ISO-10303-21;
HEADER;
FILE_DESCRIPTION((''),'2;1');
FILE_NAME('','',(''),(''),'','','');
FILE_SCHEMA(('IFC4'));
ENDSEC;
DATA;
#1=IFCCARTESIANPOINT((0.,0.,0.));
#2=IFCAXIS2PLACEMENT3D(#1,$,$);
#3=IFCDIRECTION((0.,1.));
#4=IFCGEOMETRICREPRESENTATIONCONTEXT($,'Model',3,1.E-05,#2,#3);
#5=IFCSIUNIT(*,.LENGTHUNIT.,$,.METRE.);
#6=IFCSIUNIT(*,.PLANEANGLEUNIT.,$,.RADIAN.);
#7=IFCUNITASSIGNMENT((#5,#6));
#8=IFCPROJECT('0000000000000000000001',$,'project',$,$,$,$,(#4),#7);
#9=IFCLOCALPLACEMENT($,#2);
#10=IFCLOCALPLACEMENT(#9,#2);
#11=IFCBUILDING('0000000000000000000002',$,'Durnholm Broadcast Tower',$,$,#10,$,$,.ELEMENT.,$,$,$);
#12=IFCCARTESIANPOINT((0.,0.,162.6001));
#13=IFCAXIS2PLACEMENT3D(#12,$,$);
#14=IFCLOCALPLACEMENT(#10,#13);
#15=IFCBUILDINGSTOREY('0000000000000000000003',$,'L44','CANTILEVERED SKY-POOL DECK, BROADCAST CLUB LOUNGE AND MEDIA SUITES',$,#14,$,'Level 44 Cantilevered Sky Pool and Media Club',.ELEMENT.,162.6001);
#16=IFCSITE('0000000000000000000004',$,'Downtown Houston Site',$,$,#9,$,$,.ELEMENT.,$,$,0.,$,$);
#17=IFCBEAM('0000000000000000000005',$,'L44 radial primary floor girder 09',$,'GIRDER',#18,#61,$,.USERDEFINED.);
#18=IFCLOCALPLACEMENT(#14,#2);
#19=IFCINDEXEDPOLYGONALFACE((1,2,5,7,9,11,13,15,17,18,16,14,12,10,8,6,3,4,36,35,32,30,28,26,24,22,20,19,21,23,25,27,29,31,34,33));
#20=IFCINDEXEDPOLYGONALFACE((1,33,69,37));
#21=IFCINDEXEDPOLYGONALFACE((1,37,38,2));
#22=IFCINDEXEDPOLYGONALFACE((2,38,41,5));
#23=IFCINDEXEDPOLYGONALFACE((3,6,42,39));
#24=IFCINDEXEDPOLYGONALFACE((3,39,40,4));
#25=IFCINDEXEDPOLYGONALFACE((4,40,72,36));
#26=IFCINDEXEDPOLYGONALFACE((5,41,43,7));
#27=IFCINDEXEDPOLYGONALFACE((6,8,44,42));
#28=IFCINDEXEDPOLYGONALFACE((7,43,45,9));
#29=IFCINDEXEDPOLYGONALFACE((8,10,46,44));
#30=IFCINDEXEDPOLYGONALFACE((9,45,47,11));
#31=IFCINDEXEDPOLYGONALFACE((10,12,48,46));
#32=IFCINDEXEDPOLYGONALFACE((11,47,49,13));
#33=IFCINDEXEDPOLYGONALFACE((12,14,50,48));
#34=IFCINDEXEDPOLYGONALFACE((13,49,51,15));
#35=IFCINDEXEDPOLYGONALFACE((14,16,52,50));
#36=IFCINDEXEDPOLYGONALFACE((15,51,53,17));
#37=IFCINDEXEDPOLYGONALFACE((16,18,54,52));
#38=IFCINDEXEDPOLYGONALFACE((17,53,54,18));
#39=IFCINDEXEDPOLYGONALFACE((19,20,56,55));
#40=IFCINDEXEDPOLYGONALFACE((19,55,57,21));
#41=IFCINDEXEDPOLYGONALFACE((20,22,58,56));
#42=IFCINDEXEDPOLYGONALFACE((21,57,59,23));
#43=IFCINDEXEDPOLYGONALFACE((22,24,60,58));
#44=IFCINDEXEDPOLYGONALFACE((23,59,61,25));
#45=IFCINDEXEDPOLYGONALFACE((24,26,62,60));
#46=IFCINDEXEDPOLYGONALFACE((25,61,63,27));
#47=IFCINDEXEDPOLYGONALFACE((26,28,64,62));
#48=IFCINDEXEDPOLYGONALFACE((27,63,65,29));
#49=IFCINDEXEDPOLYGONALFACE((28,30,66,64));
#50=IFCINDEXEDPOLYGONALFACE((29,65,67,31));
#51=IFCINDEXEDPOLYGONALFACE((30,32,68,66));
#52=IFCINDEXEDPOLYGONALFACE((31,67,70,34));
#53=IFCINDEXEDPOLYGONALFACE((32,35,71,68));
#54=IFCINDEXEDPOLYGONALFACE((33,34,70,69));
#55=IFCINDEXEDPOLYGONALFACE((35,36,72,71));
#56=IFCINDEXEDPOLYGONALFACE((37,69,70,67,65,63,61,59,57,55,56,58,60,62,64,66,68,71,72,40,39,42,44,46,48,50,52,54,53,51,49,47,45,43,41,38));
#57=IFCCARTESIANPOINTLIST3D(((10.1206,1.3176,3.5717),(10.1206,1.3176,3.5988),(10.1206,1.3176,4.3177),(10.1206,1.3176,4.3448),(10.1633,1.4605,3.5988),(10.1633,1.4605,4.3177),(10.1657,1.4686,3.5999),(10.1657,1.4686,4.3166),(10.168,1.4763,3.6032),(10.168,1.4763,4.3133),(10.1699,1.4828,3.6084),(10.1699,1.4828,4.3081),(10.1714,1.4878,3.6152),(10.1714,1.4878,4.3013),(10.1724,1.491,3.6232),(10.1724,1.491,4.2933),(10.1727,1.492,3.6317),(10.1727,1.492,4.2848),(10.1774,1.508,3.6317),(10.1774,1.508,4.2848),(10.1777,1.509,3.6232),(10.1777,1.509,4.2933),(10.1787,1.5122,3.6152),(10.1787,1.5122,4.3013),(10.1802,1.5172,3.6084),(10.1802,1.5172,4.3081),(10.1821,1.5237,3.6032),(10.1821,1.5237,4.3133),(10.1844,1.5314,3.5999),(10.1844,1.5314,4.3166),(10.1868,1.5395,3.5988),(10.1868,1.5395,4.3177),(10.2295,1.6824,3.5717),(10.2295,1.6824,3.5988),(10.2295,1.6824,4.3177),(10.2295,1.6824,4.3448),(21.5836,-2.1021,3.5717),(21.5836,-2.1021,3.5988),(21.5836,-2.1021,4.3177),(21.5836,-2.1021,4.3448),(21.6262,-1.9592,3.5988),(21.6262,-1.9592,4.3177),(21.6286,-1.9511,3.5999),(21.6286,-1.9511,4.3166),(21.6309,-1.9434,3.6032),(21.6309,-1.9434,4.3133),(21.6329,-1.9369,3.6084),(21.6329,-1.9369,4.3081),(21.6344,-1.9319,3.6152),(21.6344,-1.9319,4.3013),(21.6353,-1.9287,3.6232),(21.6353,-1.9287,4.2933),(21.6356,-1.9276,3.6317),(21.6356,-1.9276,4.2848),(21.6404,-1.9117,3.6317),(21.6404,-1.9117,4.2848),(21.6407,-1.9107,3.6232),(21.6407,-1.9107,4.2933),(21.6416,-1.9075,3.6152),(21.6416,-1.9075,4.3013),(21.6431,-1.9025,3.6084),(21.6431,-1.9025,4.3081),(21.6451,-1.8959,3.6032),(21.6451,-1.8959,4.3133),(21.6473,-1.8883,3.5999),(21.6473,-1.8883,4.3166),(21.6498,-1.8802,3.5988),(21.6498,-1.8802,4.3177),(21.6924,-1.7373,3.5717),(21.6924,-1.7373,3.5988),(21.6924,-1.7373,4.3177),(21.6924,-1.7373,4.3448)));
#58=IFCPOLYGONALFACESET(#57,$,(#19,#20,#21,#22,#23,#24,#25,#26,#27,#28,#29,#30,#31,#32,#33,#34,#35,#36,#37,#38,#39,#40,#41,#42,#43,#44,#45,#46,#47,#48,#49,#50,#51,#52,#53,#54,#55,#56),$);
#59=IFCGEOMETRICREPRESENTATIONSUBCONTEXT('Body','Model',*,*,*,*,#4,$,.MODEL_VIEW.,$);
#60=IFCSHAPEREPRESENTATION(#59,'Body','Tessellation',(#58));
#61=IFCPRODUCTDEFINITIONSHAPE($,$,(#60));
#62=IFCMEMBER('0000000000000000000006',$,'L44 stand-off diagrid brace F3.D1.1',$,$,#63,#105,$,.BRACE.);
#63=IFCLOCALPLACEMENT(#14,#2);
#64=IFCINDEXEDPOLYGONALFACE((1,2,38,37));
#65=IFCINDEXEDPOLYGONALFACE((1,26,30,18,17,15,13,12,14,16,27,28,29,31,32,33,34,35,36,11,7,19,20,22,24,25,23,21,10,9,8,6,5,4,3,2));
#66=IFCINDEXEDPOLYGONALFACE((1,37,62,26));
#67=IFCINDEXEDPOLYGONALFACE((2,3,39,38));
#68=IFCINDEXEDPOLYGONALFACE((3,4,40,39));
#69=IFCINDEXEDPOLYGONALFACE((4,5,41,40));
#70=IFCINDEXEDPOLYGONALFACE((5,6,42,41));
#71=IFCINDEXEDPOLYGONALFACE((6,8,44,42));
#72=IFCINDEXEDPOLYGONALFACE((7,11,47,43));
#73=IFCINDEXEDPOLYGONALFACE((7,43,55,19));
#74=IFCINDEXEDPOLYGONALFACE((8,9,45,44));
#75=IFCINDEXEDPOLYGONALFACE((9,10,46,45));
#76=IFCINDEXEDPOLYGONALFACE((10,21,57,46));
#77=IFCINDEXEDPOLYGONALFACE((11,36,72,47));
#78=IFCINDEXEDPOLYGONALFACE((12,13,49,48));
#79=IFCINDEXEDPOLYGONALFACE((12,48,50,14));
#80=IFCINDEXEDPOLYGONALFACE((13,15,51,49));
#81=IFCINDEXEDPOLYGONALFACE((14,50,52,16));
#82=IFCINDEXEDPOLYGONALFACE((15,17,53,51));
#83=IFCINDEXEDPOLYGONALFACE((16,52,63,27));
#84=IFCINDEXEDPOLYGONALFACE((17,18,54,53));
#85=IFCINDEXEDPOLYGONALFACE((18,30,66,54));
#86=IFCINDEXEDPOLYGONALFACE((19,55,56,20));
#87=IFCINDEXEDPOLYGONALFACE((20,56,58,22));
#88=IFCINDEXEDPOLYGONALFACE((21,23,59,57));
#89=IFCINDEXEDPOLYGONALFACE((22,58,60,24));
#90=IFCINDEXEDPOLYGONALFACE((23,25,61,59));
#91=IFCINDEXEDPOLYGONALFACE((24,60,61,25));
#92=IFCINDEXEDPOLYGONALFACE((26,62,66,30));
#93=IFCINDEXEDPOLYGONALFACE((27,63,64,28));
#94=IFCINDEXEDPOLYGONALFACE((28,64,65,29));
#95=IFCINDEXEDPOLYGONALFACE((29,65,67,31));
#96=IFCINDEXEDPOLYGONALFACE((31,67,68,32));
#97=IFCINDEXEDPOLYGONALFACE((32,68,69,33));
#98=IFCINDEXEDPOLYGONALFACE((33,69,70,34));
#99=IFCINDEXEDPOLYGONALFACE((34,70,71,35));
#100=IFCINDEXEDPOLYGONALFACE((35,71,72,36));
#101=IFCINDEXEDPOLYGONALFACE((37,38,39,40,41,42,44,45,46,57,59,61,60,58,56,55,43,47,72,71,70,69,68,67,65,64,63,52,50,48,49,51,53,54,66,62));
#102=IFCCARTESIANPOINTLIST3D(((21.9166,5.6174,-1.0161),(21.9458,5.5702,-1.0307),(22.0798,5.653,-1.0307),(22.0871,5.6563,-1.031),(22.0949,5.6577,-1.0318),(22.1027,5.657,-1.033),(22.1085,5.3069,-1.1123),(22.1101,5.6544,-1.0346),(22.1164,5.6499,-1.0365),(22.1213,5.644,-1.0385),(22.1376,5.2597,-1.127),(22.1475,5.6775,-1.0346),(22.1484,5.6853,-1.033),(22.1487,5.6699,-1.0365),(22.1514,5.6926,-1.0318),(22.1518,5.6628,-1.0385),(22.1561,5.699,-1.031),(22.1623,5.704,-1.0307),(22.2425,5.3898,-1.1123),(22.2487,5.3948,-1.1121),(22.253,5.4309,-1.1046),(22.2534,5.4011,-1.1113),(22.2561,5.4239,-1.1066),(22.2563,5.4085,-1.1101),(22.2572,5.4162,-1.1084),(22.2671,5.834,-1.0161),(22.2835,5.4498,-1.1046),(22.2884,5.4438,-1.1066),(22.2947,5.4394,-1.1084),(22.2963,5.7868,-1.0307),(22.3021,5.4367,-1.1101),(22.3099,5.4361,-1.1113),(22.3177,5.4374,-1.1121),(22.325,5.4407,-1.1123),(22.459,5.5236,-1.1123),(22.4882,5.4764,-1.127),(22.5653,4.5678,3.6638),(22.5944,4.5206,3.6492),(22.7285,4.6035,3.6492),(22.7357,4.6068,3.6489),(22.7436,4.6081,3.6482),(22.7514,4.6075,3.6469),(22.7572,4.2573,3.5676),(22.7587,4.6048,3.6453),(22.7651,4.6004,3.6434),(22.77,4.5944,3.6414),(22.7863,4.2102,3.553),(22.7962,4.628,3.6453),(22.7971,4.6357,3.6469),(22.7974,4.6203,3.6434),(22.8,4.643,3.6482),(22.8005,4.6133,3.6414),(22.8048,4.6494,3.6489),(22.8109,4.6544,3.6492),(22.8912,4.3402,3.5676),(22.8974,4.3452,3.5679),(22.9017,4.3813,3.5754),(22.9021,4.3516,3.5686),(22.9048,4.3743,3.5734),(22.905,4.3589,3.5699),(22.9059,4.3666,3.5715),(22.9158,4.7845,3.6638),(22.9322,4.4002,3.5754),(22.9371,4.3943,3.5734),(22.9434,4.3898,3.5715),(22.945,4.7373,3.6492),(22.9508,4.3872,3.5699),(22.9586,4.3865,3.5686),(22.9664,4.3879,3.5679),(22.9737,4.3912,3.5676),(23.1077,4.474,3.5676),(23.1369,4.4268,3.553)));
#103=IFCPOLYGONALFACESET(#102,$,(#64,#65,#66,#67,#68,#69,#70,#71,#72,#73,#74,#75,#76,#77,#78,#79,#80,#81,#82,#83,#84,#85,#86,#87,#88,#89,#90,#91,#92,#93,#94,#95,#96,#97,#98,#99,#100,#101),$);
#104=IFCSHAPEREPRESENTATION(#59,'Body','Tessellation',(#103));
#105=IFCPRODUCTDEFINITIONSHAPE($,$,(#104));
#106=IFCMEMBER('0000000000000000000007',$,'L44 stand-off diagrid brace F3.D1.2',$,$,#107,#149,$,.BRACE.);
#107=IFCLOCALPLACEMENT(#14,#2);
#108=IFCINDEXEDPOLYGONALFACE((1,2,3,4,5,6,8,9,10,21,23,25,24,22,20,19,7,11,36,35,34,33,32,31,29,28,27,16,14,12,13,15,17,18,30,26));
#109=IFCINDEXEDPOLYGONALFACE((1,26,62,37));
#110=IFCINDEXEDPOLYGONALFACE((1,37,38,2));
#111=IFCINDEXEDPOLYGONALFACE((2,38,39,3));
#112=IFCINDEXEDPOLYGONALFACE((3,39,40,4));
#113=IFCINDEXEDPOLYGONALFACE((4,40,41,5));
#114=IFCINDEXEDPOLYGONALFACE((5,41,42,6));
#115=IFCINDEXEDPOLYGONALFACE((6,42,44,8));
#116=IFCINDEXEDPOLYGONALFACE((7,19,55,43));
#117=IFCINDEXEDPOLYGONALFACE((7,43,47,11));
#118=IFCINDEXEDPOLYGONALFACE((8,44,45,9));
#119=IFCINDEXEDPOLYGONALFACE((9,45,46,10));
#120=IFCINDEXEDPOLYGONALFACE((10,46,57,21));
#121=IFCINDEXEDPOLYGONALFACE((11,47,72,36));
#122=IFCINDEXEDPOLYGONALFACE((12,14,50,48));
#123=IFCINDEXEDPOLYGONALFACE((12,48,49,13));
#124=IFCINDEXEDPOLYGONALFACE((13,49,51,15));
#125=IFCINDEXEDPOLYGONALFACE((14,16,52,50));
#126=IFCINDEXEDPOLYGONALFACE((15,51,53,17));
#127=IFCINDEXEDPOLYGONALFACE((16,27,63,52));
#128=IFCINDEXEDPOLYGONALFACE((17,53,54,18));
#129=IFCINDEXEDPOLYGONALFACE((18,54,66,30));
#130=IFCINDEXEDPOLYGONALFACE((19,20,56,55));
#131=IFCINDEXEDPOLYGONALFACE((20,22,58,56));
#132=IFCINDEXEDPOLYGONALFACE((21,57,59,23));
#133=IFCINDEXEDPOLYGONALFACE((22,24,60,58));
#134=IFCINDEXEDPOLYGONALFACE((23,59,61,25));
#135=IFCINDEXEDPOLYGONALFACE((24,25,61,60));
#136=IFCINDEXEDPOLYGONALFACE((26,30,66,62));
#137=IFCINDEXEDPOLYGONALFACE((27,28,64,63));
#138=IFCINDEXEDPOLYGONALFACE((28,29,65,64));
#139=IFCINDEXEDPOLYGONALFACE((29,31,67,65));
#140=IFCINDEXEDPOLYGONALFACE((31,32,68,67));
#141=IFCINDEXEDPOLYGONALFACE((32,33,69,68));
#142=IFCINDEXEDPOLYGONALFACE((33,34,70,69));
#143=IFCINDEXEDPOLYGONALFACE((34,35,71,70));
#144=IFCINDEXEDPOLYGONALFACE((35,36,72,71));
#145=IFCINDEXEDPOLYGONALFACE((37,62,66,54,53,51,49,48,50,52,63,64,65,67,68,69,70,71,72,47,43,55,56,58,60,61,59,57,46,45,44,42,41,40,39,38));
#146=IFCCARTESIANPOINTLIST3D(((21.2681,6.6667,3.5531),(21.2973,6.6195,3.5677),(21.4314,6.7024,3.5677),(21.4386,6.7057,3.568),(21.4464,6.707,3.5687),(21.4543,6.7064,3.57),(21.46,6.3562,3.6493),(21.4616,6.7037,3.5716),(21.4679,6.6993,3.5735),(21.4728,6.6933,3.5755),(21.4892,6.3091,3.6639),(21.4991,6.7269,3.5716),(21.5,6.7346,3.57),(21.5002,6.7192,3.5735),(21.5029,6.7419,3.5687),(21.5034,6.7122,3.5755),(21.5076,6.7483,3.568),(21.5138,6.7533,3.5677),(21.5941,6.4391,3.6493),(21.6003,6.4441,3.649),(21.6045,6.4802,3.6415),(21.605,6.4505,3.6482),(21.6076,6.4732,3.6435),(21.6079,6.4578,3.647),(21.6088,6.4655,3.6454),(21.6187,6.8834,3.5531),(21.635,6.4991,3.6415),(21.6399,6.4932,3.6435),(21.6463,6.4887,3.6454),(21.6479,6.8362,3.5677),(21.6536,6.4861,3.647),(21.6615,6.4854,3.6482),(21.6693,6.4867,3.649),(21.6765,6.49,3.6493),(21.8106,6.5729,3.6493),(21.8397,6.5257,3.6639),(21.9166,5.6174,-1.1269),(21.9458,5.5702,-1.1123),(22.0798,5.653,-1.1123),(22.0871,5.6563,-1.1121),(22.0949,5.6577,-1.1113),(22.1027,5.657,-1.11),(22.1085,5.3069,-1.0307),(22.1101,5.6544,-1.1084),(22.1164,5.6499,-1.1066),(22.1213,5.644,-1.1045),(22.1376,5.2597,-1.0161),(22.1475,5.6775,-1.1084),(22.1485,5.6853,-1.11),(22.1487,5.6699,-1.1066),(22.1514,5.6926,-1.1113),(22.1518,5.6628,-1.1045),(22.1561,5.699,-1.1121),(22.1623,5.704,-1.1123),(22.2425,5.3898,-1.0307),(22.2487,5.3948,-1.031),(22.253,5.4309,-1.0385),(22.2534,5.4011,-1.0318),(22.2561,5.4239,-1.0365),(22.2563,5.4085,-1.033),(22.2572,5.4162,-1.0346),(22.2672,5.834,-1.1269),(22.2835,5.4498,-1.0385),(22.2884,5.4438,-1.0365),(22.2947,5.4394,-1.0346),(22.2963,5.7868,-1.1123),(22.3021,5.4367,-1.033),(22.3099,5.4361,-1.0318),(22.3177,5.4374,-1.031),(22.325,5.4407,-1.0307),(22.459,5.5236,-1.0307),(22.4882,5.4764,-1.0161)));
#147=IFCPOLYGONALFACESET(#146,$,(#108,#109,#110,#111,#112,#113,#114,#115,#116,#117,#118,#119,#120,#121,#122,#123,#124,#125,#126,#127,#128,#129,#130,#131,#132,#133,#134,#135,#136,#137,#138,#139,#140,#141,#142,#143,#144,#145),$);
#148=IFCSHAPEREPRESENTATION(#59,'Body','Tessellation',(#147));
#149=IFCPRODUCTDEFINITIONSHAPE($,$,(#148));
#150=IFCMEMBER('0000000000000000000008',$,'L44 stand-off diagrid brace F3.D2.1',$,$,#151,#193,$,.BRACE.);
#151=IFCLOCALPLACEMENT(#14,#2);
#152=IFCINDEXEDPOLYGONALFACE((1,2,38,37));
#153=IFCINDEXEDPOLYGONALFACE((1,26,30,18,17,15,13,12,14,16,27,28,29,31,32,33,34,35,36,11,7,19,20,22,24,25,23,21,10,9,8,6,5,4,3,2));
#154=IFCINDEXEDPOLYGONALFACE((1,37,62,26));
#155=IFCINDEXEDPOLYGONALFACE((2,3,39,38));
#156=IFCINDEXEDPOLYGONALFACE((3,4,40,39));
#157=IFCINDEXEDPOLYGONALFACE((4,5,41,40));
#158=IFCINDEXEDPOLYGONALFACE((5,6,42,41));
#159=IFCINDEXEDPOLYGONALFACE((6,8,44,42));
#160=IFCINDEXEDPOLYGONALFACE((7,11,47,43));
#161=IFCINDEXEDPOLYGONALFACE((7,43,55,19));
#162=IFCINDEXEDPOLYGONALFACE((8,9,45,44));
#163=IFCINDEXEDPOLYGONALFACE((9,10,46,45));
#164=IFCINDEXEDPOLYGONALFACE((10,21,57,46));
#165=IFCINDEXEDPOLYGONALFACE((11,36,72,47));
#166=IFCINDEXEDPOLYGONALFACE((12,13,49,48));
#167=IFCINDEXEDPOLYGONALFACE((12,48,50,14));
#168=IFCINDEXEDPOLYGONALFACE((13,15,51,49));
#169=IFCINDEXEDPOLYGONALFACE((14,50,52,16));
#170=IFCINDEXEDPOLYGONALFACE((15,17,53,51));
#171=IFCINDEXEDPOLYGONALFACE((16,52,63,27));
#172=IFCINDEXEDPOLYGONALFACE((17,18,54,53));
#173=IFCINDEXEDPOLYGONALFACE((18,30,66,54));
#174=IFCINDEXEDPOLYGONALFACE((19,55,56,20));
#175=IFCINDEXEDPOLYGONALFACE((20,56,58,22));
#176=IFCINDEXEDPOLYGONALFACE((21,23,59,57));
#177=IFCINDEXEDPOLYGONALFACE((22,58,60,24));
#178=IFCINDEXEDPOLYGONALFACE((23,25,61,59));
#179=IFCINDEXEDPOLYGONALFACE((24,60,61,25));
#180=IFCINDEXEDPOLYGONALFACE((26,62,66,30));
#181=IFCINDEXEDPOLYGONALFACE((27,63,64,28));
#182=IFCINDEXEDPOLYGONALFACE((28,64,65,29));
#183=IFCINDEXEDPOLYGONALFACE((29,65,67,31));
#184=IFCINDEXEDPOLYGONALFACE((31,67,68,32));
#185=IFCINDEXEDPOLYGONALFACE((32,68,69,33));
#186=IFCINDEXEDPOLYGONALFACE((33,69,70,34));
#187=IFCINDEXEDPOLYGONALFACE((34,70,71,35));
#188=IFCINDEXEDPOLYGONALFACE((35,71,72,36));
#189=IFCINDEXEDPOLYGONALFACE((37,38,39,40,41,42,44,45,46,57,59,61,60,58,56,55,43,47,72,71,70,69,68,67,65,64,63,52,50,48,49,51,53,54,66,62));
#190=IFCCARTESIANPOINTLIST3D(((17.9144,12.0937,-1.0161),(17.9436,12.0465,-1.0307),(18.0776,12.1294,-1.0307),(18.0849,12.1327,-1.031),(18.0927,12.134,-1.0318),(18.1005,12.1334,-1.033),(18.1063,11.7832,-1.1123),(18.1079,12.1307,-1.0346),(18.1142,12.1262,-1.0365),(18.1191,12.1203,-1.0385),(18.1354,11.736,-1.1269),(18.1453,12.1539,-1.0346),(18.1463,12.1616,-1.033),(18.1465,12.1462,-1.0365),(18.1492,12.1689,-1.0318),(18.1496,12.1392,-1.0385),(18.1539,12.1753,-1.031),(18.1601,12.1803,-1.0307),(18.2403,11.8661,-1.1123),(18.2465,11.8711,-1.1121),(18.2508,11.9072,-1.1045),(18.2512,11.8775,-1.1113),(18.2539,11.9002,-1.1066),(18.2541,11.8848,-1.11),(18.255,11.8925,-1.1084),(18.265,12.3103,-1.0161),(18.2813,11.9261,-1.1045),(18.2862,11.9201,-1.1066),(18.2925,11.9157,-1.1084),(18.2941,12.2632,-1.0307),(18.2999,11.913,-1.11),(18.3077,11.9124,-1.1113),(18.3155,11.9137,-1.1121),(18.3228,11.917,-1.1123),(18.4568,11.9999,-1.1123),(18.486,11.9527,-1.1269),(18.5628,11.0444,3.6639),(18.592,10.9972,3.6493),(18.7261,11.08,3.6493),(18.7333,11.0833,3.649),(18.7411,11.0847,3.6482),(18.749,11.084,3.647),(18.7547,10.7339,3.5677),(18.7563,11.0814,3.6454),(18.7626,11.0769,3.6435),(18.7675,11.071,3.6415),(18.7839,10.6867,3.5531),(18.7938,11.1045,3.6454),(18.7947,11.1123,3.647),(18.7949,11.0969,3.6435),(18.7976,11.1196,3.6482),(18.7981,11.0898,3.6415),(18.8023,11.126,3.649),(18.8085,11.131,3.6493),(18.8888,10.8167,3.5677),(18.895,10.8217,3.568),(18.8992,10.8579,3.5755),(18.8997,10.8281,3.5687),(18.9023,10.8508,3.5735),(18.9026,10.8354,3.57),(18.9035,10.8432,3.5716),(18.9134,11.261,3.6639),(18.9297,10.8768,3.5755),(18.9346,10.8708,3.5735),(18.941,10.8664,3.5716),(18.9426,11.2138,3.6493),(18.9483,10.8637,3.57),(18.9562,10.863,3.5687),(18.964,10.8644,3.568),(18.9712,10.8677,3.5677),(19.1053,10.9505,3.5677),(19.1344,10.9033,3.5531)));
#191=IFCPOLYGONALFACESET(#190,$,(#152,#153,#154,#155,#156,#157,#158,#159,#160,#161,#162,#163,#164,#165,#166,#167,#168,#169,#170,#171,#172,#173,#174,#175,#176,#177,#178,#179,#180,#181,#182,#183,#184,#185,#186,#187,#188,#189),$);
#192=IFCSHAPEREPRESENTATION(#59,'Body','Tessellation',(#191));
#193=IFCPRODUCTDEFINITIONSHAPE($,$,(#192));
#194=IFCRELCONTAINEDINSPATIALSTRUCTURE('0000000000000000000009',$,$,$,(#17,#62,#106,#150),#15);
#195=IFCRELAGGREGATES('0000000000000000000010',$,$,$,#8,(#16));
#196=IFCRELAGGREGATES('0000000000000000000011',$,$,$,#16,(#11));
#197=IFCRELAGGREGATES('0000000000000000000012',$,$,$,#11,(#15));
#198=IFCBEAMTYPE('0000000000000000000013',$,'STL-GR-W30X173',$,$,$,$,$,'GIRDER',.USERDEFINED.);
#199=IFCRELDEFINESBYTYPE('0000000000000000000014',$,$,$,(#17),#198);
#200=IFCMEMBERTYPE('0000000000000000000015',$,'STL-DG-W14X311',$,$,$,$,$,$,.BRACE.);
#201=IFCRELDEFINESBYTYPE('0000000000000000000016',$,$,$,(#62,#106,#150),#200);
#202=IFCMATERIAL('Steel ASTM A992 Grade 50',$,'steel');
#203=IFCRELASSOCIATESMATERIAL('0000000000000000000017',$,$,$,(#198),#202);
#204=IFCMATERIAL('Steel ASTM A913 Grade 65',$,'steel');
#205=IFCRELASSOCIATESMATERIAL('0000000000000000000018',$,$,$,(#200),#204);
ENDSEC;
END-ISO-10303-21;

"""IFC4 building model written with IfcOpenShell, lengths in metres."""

from ifc_helpers import new_model, si_unit, direction, frame, origin, origin_2d, place, context, subcontext, project, spatial, i_section, extrude, source, transform, mapped, material, material_profile, profile_set, type_object, type_shapes, element, save


model = new_model("IFC4")

# Units and contexts
model_context = context("Model", 3, precision=1e-05, world=origin(), true_north=direction((0.0, 1.0)))
body_context = subcontext(model_context, "Body", "Model", "MODEL_VIEW")
ifc_project = project(units=[si_unit("LENGTHUNIT", "METRE"), si_unit("PLANEANGLEUNIT", "RADIAN")], contexts=[model_context])

# Site, building, storey
site_placement = place(None, origin())
site = spatial("IfcSite", under=ifc_project, at=site_placement, Name="Downtown Houston Site", CompositionType="ELEMENT", RefElevation=0.0)
building_placement = place(site_placement, origin())
building = spatial("IfcBuilding", under=site, at=building_placement, Name="Durnholm Broadcast Tower", CompositionType="ELEMENT")
storey_placement = place(building_placement, frame((0.0, 0.0, 162.6001)))
storey = spatial("IfcBuildingStorey", under=building, at=storey_placement, Name="L44", Description="CANTILEVERED SKY-POOL DECK, BROADCAST CLUB LOUNGE AND MEDIA SUITES", LongName="Level 44 Cantilevered Sky Pool and Media Club", CompositionType="ELEMENT", Elevation=162.6001)

# Beam
ifc_material_1 = material(Name="Steel ASTM A992 Grade 50", Category="steel")
ifc_material_profile_1 = material_profile(ifc_material_1, i_section(OverallWidth=0.3806, OverallDepth=0.7732, WebThickness=0.0166, FlangeThickness=0.0271, FilletRadius=0.033, at=origin_2d()), Name="W30X173")
ifc_profile_set_1 = profile_set([ifc_material_profile_1], Name="Steel ASTM A992 Grade 50")
beam_type_1 = type_object("IfcBeamType", Name="STL-GR-W30X173", ElementType="GIRDER", PredefinedType="USERDEFINED", material=ifc_profile_set_1)
shared_shape_1 = source(origin(), body_context, "Body", "SweptSolid", [
    extrude(i_section(OverallWidth=0.3806, OverallDepth=0.7732, WebThickness=0.0166, FlangeThickness=0.0271, FilletRadius=0.033, at=origin_2d()), origin(), (0.0, 0.0, 1.0), 11.9622),
])
type_shapes(beam_type_1, [shared_shape_1])
beam_1_placement = place(storey_placement, frame((10.175, 1.5, 3.9583), z_axis=(0.958267, -0.285876, 0.0), x_axis=(0.285876, 0.958267, 0.0)))
element("IfcBeam", 1, at=beam_1_placement, inside=storey, type_object=beam_type_1, Name="L44 radial primary floor girder 09", ObjectType="GIRDER", PredefinedType="USERDEFINED", context=body_context, shape_type="MappedRepresentation", body=[
    mapped(shared_shape_1, transform((0.0, 0.0, 0.0), x_axis=(1.0, 0.0, 0.0), y_axis=(0.0, 1.0, 0.0), z_axis=(0.0, 0.0, 1.0), scale=1.0)),
])

# Members
ifc_material_2 = material(Name="Steel ASTM A913 Grade 65", Category="steel")
ifc_material_profile_2 = material_profile(ifc_material_2, i_section(OverallWidth=0.4121, OverallDepth=0.4348, WebThickness=0.0359, FlangeThickness=0.0574, FilletRadius=0.0305, at=origin_2d()), Name="W14X311")
ifc_profile_set_2 = profile_set([ifc_material_profile_2], Name="Steel ASTM A913 Grade 65")
member_type_1 = type_object("IfcMemberType", Name="STL-DG-W14X311", PredefinedType="BRACE", material=ifc_profile_set_2)
shared_shape_2 = source(origin(), body_context, "Body", "SweptSolid", [
    extrude(i_section(OverallWidth=0.4121, OverallDepth=0.4348, WebThickness=0.0359, FlangeThickness=0.0574, FilletRadius=0.0305, at=origin_2d()), origin(), (0.0, 0.0, 1.0), 4.8398),
])
type_shapes(member_type_1, [shared_shape_2])
for number, where, z_axis, x_axis, name in (
    (2, (22.2024, 5.5469, -1.0715), (0.134029, -0.216858, 0.966958), (0.850644, 0.525741, 0.0), "L44 stand-off diagrid brace F3.D1.1"),
    (3, (22.2024, 5.5469, -1.0715), (-0.133981, 0.216812, 0.966976), (-0.850678, -0.525687, 0.0), "L44 stand-off diagrid brace F3.D1.2"),
    (4, (18.2002, 12.0232, -1.0715), (0.133981, -0.216812, 0.966976), (0.850678, 0.525687, 0.0), "L44 stand-off diagrid brace F3.D2.1"),
):
    element("IfcMember", number, at=place(storey_placement, frame(where, z_axis=z_axis, x_axis=x_axis)), inside=storey, type_object=member_type_1, Name=name, PredefinedType="BRACE", context=body_context, shape_type="MappedRepresentation", body=[
        mapped(shared_shape_2, transform((0.0, 0.0, 0.0), x_axis=(1.0, 0.0, 0.0), y_axis=(0.0, 1.0, 0.0), z_axis=(0.0, 0.0, 1.0), scale=1.0)),
    ])

save(model, "model.ifc")
